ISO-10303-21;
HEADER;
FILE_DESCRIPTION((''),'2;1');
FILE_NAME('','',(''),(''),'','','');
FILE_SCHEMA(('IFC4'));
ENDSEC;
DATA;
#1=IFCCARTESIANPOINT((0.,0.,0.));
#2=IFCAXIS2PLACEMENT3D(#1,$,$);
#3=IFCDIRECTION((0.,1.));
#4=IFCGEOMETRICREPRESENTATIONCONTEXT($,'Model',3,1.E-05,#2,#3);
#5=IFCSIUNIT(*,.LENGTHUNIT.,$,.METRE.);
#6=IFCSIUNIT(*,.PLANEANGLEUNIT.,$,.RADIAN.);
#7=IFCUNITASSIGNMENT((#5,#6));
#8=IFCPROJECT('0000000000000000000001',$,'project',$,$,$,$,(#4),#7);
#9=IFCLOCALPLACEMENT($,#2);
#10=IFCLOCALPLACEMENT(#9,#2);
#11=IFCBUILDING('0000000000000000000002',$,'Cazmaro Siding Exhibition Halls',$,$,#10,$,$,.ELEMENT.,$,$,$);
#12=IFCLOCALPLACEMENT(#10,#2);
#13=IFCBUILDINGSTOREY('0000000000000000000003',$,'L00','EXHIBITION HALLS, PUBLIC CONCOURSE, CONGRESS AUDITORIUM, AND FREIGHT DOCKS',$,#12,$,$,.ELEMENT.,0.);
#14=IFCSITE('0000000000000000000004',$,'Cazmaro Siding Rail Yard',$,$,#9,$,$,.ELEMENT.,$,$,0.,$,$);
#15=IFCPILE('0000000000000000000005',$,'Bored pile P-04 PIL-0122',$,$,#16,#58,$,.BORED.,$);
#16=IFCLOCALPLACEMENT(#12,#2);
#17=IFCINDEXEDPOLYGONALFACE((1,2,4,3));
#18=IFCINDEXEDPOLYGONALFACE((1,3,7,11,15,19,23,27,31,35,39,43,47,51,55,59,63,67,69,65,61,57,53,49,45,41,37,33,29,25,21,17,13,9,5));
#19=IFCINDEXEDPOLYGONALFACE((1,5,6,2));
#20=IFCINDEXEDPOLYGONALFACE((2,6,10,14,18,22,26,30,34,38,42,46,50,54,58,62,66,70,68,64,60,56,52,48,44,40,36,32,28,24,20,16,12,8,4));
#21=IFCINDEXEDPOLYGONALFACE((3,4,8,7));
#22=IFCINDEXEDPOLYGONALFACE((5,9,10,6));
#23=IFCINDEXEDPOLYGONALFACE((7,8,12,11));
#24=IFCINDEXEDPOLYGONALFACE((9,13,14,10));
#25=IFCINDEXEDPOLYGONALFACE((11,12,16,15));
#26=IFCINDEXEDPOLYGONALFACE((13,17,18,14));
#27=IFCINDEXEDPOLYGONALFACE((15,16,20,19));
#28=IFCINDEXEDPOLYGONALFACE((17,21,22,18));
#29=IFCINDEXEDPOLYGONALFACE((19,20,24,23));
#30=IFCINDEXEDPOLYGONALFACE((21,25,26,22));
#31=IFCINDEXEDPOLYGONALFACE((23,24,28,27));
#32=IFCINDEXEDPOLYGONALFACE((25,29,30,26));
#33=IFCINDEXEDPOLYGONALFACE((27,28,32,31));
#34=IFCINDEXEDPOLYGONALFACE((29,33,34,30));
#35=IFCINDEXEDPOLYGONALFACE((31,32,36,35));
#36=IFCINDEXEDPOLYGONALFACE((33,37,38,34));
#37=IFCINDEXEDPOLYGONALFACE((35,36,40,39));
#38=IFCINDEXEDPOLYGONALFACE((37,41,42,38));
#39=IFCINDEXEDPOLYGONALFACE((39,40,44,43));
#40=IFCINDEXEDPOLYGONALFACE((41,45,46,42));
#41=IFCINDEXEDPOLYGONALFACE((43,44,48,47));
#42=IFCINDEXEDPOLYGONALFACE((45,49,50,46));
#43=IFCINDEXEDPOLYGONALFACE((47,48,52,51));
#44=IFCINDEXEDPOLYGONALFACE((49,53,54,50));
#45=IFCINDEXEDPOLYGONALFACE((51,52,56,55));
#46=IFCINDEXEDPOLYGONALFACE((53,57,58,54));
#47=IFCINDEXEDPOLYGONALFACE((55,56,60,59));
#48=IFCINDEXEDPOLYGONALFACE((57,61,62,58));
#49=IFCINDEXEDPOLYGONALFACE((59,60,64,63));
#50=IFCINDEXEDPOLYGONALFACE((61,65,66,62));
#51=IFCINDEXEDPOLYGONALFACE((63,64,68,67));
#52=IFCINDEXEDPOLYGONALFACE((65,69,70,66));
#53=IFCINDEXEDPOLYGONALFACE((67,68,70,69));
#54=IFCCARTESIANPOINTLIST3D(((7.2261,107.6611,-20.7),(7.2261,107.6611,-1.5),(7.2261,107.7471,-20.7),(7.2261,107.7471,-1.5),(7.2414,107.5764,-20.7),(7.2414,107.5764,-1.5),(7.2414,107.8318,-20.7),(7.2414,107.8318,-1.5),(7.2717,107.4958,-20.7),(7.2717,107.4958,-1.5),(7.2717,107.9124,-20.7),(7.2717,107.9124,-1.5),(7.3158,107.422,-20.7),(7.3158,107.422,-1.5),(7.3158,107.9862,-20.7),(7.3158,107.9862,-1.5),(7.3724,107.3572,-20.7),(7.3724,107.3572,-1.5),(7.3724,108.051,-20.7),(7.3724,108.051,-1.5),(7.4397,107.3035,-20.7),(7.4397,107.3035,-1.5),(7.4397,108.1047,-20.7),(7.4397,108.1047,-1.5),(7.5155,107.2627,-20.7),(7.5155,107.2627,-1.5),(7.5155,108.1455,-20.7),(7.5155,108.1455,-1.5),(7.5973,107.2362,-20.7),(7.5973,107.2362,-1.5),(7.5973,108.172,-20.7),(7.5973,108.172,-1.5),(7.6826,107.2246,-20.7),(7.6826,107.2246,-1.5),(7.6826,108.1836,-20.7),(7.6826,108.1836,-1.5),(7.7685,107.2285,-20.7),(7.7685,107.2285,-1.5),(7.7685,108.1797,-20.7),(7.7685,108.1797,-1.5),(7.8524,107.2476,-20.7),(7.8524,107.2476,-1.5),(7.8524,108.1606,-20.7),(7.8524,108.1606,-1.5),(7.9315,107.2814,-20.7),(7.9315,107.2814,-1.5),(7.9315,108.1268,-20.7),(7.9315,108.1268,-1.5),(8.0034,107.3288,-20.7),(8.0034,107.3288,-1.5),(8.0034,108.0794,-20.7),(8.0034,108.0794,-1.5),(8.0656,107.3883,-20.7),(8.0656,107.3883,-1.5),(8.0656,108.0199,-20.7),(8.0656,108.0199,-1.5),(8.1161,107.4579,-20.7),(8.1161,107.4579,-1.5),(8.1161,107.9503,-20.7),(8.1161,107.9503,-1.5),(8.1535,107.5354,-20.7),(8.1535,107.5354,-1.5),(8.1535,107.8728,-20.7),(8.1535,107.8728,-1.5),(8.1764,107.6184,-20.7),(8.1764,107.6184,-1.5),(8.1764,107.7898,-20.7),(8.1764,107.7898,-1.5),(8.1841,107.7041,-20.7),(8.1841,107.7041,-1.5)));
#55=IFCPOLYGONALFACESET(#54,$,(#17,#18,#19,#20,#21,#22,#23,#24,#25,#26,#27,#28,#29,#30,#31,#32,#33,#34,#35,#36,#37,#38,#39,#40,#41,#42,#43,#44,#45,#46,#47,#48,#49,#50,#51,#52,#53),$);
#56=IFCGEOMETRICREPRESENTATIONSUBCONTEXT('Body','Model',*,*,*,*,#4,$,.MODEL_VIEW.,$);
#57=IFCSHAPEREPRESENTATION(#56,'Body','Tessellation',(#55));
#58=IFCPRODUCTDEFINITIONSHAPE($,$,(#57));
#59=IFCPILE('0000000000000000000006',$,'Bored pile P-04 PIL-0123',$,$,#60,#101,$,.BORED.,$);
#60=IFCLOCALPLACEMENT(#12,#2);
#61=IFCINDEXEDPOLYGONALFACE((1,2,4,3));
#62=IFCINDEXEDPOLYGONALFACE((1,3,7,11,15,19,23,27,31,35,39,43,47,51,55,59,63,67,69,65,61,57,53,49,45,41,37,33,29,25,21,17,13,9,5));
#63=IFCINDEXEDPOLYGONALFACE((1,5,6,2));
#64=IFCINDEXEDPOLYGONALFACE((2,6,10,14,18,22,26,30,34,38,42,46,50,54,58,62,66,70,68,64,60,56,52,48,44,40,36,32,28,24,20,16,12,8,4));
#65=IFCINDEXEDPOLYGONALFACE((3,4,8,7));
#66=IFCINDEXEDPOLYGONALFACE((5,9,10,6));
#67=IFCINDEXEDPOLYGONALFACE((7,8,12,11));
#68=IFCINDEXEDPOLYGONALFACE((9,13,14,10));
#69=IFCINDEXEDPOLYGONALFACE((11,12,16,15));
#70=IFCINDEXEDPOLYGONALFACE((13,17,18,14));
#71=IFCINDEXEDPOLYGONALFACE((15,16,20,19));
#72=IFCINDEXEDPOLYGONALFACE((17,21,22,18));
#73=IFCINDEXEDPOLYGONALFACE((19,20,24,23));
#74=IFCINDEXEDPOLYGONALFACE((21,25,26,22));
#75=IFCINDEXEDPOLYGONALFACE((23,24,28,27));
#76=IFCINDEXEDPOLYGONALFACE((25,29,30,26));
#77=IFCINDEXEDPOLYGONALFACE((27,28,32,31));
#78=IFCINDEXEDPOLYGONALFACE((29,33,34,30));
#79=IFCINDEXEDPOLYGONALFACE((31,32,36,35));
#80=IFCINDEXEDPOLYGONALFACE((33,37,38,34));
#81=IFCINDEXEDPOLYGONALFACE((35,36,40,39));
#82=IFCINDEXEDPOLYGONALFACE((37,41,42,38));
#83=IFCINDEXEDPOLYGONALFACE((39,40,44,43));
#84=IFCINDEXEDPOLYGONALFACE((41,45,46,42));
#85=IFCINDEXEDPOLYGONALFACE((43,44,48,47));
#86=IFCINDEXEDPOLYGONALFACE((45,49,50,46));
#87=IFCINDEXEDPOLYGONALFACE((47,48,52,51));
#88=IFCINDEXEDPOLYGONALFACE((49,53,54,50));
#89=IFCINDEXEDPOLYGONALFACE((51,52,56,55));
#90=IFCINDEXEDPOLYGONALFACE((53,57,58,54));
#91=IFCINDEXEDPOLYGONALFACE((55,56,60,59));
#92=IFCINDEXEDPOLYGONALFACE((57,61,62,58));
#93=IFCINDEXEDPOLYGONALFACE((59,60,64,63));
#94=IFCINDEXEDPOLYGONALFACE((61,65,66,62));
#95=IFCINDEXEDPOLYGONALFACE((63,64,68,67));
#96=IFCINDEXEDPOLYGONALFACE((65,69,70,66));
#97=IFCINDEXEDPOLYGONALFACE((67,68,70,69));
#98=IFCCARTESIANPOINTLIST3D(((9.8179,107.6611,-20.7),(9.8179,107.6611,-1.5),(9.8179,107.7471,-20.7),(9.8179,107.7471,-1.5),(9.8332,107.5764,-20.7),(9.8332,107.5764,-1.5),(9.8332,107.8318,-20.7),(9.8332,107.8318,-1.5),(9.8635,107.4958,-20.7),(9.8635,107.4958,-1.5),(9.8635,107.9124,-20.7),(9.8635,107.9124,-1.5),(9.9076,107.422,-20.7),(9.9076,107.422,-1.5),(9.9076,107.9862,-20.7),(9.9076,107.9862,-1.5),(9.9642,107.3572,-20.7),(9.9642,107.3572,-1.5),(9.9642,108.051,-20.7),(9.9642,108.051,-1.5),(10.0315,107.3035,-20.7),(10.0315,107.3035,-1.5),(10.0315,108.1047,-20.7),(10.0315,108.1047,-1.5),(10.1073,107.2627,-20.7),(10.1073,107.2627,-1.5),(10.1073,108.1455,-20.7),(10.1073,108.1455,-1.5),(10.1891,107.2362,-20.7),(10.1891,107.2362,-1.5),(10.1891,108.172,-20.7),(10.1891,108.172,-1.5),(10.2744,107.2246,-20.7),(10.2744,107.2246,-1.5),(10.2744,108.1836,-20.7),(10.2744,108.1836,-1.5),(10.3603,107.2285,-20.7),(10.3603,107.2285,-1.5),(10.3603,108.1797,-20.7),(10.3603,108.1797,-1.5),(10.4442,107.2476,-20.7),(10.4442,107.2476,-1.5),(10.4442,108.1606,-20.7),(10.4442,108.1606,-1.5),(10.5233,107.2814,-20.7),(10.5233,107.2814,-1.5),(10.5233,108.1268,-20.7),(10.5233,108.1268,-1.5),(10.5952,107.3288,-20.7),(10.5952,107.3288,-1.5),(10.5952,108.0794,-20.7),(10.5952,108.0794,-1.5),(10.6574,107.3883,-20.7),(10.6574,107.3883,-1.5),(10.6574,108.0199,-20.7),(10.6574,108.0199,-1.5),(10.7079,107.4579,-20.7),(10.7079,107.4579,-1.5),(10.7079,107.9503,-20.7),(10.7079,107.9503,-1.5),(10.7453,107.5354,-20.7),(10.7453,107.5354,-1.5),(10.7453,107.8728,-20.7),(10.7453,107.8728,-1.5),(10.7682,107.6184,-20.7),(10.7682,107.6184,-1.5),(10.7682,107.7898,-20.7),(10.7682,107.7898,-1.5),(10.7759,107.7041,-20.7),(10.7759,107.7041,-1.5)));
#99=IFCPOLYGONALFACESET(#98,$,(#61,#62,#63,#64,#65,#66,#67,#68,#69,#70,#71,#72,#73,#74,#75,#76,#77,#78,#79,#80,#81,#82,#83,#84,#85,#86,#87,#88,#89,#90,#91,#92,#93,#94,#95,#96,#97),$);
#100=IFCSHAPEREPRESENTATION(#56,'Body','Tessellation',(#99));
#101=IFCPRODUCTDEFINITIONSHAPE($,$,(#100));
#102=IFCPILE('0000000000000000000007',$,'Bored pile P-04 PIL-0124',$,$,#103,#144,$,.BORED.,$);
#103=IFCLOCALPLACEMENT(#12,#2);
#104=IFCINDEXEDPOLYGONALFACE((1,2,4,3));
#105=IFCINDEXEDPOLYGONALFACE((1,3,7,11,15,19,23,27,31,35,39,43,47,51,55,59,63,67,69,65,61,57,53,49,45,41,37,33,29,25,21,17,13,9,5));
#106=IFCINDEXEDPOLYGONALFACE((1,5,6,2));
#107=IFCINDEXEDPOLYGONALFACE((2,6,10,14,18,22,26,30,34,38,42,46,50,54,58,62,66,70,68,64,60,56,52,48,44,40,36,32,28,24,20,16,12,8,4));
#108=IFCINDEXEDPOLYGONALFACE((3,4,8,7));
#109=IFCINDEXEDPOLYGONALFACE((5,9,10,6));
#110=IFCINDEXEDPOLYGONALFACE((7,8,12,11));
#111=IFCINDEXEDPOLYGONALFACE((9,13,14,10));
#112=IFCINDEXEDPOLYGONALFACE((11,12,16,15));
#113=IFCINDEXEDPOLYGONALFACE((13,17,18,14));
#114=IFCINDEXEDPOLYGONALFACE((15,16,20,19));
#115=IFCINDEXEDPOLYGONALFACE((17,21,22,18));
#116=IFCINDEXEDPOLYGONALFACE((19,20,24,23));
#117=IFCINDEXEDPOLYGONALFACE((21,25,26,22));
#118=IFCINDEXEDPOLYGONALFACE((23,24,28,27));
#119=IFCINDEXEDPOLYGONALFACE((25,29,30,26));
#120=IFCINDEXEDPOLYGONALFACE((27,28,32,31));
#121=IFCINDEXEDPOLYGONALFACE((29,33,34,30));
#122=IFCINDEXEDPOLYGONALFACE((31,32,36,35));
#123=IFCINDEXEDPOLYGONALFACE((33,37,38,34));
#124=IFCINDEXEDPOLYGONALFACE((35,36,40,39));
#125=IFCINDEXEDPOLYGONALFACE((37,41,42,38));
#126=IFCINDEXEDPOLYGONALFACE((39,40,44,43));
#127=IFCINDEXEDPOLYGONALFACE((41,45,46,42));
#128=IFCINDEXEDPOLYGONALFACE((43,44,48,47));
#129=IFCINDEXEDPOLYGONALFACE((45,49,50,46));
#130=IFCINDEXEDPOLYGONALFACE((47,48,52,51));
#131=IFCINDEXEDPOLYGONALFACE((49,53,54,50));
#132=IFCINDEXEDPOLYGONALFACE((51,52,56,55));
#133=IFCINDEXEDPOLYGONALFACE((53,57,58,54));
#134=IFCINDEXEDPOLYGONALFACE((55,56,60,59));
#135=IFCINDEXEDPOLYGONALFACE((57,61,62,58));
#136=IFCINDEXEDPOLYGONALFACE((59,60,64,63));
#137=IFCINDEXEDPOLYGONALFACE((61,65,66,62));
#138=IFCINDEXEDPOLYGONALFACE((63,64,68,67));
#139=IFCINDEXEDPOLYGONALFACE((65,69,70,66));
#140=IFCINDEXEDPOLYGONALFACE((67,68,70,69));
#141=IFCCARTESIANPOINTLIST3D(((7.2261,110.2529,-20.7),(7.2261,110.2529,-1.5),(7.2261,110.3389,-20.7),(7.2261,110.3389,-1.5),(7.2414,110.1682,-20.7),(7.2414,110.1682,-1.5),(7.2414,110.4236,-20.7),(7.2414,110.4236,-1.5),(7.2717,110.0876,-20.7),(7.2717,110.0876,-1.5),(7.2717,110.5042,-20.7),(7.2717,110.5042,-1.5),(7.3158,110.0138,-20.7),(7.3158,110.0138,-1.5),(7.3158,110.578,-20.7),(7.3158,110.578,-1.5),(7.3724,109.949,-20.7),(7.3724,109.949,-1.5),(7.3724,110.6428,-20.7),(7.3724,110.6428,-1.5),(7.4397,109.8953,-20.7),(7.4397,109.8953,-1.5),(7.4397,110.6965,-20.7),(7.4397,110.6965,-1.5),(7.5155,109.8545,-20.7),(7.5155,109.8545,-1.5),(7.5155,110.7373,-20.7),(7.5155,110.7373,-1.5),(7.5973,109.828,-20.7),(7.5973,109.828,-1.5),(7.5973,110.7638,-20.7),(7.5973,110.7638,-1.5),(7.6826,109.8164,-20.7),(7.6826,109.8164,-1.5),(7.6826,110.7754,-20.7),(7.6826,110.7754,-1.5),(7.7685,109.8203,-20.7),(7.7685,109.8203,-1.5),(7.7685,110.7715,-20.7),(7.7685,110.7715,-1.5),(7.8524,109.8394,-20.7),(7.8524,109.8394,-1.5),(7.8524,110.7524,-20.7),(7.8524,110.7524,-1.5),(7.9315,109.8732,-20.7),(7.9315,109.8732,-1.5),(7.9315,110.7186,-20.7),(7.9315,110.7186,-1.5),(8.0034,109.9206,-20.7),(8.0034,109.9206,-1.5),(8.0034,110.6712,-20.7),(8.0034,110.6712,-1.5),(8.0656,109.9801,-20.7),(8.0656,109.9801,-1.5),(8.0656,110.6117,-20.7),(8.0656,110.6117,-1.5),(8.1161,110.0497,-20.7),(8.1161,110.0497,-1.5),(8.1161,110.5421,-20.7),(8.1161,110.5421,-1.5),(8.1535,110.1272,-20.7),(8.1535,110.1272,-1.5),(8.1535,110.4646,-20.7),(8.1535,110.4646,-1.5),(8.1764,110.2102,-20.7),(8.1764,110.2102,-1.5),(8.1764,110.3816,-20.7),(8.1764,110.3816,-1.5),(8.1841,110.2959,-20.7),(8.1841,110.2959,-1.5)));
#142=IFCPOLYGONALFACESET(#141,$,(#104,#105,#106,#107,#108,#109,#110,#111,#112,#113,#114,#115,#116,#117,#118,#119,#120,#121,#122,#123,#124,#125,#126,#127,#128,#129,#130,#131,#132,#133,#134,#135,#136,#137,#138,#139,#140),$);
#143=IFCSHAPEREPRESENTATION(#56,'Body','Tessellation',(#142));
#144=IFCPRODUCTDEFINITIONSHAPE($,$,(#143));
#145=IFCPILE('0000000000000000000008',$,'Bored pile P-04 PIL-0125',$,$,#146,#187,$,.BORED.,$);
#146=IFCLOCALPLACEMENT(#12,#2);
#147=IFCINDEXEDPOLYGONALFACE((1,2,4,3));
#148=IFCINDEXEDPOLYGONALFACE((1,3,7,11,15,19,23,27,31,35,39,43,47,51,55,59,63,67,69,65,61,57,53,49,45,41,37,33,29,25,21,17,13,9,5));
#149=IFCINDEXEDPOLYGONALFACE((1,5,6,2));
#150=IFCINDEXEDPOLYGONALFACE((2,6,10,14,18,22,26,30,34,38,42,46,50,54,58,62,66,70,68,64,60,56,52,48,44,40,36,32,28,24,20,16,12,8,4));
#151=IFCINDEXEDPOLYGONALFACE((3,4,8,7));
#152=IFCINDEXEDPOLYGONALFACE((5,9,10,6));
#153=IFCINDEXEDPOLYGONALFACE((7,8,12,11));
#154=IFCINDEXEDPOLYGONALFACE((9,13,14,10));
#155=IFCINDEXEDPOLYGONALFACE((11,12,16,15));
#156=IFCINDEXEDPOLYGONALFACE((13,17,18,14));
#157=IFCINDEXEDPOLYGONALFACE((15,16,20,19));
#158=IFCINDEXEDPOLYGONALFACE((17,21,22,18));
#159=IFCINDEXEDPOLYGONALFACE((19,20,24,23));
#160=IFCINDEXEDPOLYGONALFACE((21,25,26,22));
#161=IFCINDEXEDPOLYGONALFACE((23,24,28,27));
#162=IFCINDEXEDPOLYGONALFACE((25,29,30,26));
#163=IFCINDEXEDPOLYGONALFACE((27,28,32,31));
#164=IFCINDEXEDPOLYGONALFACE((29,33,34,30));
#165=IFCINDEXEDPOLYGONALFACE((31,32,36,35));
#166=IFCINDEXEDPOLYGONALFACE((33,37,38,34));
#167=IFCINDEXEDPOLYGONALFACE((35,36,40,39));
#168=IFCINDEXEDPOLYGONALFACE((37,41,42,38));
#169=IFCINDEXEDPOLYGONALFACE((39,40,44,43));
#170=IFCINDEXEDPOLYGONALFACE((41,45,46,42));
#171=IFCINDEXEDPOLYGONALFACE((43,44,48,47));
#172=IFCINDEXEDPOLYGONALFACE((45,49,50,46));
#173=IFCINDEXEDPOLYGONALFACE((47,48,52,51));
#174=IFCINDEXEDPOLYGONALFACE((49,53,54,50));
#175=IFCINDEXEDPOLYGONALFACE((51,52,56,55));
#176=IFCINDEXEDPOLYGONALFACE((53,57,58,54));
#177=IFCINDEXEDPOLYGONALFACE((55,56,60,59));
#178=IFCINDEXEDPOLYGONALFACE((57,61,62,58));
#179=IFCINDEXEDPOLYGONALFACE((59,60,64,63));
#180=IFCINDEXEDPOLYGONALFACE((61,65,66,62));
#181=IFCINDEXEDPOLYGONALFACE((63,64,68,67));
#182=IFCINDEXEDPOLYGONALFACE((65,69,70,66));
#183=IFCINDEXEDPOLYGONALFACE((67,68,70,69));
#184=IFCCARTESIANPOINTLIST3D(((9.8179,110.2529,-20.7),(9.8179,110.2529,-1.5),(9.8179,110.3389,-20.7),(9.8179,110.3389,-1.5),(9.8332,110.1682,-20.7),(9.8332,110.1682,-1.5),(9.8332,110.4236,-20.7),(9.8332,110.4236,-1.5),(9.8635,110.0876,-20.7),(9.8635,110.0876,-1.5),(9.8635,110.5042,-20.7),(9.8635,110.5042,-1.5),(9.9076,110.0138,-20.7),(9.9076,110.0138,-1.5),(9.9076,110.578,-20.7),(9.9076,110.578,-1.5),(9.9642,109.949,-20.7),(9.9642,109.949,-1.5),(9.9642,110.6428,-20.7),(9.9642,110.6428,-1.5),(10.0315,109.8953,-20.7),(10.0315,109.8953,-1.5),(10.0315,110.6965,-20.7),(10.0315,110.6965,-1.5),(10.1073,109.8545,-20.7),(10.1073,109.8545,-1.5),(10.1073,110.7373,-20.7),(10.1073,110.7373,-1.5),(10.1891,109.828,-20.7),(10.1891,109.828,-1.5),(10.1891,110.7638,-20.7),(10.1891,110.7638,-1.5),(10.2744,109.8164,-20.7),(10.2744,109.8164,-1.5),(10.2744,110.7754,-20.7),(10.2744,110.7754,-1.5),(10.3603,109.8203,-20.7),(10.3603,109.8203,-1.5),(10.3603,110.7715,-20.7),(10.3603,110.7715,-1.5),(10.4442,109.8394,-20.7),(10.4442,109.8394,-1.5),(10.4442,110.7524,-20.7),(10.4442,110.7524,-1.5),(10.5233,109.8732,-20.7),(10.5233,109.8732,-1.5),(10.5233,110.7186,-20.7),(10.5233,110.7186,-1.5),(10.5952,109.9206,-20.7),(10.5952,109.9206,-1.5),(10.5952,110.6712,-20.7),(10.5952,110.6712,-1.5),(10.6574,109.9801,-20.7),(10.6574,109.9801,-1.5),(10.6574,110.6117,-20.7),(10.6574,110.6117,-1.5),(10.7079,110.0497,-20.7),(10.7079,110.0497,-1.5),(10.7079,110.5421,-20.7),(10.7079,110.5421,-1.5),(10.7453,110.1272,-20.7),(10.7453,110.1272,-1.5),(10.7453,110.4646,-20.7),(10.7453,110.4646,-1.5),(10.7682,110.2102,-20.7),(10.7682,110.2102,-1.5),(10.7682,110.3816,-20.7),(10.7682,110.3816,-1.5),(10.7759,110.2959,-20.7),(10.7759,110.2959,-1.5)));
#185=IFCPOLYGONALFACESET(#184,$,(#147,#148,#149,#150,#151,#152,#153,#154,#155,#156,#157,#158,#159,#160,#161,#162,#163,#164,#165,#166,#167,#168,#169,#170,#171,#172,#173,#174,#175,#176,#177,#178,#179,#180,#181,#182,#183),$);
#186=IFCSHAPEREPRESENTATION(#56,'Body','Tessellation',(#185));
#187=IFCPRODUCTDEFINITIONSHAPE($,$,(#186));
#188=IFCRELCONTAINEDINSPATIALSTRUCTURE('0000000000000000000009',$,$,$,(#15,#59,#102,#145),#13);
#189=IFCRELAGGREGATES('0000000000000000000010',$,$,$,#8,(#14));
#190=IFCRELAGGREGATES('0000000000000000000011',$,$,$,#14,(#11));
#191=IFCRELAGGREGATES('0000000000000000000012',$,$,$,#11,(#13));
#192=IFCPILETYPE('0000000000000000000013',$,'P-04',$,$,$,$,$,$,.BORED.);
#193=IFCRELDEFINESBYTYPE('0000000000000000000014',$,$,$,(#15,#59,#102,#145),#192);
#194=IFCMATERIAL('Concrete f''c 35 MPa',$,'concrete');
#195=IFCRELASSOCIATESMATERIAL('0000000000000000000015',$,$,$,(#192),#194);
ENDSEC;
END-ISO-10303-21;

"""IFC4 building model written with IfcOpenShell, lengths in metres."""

from ifc_helpers import new_model, si_unit, direction, frame, origin, origin_2d, place, context, subcontext, project, spatial, circle, extrude, material, material_profile, profile_set, type_object, element, save


model = new_model("IFC4")

# Units and contexts
model_context = context("Model", 3, precision=1e-05, world=origin(), true_north=direction((0.0, 1.0)))
body_context = subcontext(model_context, "Body", "Model", "MODEL_VIEW")
ifc_project = project(units=[si_unit("LENGTHUNIT", "METRE"), si_unit("PLANEANGLEUNIT", "RADIAN")], contexts=[model_context])

# Site, building, storey
site_placement = place(None, origin())
site = spatial("IfcSite", under=ifc_project, at=site_placement, Name="Cazmaro Siding Rail Yard", CompositionType="ELEMENT", RefElevation=0.0)
building_placement = place(site_placement, origin())
building = spatial("IfcBuilding", under=site, at=building_placement, Name="Cazmaro Siding Exhibition Halls", CompositionType="ELEMENT")
storey_placement = place(building_placement, origin())
storey = spatial("IfcBuildingStorey", under=building, at=storey_placement, Name="L00", Description="EXHIBITION HALLS, PUBLIC CONCOURSE, CONGRESS AUDITORIUM, AND FREIGHT DOCKS", CompositionType="ELEMENT", Elevation=0.0)

# Piles
ifc_material_1 = material(Name="Concrete f'c 35 MPa", Category="concrete")
ifc_material_profile_1 = material_profile(ifc_material_1, circle(Radius=0.48, at=origin_2d()), Name="CIDH-960")
ifc_profile_set_1 = profile_set([ifc_material_profile_1], Name="Concrete f'c 35 MPa")
pile_type = type_object("IfcPileType", Name="P-04", PredefinedType="BORED", material=ifc_profile_set_1)
for number, where, z_axis, x_axis, name in (
    (1, (7.7041, 107.7041, -1.5), (0.0, 0.0, -1.0), (1.0, 0.0, 0.0), "Bored pile P-04 PIL-0122"),
    (2, (10.2959, 107.7041, -1.5), (0.0, 0.0, -1.0), (1.0, 0.0, 0.0), "Bored pile P-04 PIL-0123"),
    (3, (7.7041, 110.2959, -1.5), (0.0, 0.0, -1.0), (1.0, 0.0, 0.0), "Bored pile P-04 PIL-0124"),
    (4, (10.2959, 110.2959, -1.5), (0.0, 0.0, -1.0), (1.0, 0.0, 0.0), "Bored pile P-04 PIL-0125"),
):
    element("IfcPile", number, at=place(storey_placement, frame(where, z_axis=z_axis, x_axis=x_axis)), inside=storey, type_object=pile_type, Name=name, PredefinedType="BORED", context=body_context, shape_type="SweptSolid", body=[
        extrude(circle(Radius=0.48, at=origin_2d()), origin(), (0.0, 0.0, 1.0), 19.2),
    ])

save(model, "model.ifc")
